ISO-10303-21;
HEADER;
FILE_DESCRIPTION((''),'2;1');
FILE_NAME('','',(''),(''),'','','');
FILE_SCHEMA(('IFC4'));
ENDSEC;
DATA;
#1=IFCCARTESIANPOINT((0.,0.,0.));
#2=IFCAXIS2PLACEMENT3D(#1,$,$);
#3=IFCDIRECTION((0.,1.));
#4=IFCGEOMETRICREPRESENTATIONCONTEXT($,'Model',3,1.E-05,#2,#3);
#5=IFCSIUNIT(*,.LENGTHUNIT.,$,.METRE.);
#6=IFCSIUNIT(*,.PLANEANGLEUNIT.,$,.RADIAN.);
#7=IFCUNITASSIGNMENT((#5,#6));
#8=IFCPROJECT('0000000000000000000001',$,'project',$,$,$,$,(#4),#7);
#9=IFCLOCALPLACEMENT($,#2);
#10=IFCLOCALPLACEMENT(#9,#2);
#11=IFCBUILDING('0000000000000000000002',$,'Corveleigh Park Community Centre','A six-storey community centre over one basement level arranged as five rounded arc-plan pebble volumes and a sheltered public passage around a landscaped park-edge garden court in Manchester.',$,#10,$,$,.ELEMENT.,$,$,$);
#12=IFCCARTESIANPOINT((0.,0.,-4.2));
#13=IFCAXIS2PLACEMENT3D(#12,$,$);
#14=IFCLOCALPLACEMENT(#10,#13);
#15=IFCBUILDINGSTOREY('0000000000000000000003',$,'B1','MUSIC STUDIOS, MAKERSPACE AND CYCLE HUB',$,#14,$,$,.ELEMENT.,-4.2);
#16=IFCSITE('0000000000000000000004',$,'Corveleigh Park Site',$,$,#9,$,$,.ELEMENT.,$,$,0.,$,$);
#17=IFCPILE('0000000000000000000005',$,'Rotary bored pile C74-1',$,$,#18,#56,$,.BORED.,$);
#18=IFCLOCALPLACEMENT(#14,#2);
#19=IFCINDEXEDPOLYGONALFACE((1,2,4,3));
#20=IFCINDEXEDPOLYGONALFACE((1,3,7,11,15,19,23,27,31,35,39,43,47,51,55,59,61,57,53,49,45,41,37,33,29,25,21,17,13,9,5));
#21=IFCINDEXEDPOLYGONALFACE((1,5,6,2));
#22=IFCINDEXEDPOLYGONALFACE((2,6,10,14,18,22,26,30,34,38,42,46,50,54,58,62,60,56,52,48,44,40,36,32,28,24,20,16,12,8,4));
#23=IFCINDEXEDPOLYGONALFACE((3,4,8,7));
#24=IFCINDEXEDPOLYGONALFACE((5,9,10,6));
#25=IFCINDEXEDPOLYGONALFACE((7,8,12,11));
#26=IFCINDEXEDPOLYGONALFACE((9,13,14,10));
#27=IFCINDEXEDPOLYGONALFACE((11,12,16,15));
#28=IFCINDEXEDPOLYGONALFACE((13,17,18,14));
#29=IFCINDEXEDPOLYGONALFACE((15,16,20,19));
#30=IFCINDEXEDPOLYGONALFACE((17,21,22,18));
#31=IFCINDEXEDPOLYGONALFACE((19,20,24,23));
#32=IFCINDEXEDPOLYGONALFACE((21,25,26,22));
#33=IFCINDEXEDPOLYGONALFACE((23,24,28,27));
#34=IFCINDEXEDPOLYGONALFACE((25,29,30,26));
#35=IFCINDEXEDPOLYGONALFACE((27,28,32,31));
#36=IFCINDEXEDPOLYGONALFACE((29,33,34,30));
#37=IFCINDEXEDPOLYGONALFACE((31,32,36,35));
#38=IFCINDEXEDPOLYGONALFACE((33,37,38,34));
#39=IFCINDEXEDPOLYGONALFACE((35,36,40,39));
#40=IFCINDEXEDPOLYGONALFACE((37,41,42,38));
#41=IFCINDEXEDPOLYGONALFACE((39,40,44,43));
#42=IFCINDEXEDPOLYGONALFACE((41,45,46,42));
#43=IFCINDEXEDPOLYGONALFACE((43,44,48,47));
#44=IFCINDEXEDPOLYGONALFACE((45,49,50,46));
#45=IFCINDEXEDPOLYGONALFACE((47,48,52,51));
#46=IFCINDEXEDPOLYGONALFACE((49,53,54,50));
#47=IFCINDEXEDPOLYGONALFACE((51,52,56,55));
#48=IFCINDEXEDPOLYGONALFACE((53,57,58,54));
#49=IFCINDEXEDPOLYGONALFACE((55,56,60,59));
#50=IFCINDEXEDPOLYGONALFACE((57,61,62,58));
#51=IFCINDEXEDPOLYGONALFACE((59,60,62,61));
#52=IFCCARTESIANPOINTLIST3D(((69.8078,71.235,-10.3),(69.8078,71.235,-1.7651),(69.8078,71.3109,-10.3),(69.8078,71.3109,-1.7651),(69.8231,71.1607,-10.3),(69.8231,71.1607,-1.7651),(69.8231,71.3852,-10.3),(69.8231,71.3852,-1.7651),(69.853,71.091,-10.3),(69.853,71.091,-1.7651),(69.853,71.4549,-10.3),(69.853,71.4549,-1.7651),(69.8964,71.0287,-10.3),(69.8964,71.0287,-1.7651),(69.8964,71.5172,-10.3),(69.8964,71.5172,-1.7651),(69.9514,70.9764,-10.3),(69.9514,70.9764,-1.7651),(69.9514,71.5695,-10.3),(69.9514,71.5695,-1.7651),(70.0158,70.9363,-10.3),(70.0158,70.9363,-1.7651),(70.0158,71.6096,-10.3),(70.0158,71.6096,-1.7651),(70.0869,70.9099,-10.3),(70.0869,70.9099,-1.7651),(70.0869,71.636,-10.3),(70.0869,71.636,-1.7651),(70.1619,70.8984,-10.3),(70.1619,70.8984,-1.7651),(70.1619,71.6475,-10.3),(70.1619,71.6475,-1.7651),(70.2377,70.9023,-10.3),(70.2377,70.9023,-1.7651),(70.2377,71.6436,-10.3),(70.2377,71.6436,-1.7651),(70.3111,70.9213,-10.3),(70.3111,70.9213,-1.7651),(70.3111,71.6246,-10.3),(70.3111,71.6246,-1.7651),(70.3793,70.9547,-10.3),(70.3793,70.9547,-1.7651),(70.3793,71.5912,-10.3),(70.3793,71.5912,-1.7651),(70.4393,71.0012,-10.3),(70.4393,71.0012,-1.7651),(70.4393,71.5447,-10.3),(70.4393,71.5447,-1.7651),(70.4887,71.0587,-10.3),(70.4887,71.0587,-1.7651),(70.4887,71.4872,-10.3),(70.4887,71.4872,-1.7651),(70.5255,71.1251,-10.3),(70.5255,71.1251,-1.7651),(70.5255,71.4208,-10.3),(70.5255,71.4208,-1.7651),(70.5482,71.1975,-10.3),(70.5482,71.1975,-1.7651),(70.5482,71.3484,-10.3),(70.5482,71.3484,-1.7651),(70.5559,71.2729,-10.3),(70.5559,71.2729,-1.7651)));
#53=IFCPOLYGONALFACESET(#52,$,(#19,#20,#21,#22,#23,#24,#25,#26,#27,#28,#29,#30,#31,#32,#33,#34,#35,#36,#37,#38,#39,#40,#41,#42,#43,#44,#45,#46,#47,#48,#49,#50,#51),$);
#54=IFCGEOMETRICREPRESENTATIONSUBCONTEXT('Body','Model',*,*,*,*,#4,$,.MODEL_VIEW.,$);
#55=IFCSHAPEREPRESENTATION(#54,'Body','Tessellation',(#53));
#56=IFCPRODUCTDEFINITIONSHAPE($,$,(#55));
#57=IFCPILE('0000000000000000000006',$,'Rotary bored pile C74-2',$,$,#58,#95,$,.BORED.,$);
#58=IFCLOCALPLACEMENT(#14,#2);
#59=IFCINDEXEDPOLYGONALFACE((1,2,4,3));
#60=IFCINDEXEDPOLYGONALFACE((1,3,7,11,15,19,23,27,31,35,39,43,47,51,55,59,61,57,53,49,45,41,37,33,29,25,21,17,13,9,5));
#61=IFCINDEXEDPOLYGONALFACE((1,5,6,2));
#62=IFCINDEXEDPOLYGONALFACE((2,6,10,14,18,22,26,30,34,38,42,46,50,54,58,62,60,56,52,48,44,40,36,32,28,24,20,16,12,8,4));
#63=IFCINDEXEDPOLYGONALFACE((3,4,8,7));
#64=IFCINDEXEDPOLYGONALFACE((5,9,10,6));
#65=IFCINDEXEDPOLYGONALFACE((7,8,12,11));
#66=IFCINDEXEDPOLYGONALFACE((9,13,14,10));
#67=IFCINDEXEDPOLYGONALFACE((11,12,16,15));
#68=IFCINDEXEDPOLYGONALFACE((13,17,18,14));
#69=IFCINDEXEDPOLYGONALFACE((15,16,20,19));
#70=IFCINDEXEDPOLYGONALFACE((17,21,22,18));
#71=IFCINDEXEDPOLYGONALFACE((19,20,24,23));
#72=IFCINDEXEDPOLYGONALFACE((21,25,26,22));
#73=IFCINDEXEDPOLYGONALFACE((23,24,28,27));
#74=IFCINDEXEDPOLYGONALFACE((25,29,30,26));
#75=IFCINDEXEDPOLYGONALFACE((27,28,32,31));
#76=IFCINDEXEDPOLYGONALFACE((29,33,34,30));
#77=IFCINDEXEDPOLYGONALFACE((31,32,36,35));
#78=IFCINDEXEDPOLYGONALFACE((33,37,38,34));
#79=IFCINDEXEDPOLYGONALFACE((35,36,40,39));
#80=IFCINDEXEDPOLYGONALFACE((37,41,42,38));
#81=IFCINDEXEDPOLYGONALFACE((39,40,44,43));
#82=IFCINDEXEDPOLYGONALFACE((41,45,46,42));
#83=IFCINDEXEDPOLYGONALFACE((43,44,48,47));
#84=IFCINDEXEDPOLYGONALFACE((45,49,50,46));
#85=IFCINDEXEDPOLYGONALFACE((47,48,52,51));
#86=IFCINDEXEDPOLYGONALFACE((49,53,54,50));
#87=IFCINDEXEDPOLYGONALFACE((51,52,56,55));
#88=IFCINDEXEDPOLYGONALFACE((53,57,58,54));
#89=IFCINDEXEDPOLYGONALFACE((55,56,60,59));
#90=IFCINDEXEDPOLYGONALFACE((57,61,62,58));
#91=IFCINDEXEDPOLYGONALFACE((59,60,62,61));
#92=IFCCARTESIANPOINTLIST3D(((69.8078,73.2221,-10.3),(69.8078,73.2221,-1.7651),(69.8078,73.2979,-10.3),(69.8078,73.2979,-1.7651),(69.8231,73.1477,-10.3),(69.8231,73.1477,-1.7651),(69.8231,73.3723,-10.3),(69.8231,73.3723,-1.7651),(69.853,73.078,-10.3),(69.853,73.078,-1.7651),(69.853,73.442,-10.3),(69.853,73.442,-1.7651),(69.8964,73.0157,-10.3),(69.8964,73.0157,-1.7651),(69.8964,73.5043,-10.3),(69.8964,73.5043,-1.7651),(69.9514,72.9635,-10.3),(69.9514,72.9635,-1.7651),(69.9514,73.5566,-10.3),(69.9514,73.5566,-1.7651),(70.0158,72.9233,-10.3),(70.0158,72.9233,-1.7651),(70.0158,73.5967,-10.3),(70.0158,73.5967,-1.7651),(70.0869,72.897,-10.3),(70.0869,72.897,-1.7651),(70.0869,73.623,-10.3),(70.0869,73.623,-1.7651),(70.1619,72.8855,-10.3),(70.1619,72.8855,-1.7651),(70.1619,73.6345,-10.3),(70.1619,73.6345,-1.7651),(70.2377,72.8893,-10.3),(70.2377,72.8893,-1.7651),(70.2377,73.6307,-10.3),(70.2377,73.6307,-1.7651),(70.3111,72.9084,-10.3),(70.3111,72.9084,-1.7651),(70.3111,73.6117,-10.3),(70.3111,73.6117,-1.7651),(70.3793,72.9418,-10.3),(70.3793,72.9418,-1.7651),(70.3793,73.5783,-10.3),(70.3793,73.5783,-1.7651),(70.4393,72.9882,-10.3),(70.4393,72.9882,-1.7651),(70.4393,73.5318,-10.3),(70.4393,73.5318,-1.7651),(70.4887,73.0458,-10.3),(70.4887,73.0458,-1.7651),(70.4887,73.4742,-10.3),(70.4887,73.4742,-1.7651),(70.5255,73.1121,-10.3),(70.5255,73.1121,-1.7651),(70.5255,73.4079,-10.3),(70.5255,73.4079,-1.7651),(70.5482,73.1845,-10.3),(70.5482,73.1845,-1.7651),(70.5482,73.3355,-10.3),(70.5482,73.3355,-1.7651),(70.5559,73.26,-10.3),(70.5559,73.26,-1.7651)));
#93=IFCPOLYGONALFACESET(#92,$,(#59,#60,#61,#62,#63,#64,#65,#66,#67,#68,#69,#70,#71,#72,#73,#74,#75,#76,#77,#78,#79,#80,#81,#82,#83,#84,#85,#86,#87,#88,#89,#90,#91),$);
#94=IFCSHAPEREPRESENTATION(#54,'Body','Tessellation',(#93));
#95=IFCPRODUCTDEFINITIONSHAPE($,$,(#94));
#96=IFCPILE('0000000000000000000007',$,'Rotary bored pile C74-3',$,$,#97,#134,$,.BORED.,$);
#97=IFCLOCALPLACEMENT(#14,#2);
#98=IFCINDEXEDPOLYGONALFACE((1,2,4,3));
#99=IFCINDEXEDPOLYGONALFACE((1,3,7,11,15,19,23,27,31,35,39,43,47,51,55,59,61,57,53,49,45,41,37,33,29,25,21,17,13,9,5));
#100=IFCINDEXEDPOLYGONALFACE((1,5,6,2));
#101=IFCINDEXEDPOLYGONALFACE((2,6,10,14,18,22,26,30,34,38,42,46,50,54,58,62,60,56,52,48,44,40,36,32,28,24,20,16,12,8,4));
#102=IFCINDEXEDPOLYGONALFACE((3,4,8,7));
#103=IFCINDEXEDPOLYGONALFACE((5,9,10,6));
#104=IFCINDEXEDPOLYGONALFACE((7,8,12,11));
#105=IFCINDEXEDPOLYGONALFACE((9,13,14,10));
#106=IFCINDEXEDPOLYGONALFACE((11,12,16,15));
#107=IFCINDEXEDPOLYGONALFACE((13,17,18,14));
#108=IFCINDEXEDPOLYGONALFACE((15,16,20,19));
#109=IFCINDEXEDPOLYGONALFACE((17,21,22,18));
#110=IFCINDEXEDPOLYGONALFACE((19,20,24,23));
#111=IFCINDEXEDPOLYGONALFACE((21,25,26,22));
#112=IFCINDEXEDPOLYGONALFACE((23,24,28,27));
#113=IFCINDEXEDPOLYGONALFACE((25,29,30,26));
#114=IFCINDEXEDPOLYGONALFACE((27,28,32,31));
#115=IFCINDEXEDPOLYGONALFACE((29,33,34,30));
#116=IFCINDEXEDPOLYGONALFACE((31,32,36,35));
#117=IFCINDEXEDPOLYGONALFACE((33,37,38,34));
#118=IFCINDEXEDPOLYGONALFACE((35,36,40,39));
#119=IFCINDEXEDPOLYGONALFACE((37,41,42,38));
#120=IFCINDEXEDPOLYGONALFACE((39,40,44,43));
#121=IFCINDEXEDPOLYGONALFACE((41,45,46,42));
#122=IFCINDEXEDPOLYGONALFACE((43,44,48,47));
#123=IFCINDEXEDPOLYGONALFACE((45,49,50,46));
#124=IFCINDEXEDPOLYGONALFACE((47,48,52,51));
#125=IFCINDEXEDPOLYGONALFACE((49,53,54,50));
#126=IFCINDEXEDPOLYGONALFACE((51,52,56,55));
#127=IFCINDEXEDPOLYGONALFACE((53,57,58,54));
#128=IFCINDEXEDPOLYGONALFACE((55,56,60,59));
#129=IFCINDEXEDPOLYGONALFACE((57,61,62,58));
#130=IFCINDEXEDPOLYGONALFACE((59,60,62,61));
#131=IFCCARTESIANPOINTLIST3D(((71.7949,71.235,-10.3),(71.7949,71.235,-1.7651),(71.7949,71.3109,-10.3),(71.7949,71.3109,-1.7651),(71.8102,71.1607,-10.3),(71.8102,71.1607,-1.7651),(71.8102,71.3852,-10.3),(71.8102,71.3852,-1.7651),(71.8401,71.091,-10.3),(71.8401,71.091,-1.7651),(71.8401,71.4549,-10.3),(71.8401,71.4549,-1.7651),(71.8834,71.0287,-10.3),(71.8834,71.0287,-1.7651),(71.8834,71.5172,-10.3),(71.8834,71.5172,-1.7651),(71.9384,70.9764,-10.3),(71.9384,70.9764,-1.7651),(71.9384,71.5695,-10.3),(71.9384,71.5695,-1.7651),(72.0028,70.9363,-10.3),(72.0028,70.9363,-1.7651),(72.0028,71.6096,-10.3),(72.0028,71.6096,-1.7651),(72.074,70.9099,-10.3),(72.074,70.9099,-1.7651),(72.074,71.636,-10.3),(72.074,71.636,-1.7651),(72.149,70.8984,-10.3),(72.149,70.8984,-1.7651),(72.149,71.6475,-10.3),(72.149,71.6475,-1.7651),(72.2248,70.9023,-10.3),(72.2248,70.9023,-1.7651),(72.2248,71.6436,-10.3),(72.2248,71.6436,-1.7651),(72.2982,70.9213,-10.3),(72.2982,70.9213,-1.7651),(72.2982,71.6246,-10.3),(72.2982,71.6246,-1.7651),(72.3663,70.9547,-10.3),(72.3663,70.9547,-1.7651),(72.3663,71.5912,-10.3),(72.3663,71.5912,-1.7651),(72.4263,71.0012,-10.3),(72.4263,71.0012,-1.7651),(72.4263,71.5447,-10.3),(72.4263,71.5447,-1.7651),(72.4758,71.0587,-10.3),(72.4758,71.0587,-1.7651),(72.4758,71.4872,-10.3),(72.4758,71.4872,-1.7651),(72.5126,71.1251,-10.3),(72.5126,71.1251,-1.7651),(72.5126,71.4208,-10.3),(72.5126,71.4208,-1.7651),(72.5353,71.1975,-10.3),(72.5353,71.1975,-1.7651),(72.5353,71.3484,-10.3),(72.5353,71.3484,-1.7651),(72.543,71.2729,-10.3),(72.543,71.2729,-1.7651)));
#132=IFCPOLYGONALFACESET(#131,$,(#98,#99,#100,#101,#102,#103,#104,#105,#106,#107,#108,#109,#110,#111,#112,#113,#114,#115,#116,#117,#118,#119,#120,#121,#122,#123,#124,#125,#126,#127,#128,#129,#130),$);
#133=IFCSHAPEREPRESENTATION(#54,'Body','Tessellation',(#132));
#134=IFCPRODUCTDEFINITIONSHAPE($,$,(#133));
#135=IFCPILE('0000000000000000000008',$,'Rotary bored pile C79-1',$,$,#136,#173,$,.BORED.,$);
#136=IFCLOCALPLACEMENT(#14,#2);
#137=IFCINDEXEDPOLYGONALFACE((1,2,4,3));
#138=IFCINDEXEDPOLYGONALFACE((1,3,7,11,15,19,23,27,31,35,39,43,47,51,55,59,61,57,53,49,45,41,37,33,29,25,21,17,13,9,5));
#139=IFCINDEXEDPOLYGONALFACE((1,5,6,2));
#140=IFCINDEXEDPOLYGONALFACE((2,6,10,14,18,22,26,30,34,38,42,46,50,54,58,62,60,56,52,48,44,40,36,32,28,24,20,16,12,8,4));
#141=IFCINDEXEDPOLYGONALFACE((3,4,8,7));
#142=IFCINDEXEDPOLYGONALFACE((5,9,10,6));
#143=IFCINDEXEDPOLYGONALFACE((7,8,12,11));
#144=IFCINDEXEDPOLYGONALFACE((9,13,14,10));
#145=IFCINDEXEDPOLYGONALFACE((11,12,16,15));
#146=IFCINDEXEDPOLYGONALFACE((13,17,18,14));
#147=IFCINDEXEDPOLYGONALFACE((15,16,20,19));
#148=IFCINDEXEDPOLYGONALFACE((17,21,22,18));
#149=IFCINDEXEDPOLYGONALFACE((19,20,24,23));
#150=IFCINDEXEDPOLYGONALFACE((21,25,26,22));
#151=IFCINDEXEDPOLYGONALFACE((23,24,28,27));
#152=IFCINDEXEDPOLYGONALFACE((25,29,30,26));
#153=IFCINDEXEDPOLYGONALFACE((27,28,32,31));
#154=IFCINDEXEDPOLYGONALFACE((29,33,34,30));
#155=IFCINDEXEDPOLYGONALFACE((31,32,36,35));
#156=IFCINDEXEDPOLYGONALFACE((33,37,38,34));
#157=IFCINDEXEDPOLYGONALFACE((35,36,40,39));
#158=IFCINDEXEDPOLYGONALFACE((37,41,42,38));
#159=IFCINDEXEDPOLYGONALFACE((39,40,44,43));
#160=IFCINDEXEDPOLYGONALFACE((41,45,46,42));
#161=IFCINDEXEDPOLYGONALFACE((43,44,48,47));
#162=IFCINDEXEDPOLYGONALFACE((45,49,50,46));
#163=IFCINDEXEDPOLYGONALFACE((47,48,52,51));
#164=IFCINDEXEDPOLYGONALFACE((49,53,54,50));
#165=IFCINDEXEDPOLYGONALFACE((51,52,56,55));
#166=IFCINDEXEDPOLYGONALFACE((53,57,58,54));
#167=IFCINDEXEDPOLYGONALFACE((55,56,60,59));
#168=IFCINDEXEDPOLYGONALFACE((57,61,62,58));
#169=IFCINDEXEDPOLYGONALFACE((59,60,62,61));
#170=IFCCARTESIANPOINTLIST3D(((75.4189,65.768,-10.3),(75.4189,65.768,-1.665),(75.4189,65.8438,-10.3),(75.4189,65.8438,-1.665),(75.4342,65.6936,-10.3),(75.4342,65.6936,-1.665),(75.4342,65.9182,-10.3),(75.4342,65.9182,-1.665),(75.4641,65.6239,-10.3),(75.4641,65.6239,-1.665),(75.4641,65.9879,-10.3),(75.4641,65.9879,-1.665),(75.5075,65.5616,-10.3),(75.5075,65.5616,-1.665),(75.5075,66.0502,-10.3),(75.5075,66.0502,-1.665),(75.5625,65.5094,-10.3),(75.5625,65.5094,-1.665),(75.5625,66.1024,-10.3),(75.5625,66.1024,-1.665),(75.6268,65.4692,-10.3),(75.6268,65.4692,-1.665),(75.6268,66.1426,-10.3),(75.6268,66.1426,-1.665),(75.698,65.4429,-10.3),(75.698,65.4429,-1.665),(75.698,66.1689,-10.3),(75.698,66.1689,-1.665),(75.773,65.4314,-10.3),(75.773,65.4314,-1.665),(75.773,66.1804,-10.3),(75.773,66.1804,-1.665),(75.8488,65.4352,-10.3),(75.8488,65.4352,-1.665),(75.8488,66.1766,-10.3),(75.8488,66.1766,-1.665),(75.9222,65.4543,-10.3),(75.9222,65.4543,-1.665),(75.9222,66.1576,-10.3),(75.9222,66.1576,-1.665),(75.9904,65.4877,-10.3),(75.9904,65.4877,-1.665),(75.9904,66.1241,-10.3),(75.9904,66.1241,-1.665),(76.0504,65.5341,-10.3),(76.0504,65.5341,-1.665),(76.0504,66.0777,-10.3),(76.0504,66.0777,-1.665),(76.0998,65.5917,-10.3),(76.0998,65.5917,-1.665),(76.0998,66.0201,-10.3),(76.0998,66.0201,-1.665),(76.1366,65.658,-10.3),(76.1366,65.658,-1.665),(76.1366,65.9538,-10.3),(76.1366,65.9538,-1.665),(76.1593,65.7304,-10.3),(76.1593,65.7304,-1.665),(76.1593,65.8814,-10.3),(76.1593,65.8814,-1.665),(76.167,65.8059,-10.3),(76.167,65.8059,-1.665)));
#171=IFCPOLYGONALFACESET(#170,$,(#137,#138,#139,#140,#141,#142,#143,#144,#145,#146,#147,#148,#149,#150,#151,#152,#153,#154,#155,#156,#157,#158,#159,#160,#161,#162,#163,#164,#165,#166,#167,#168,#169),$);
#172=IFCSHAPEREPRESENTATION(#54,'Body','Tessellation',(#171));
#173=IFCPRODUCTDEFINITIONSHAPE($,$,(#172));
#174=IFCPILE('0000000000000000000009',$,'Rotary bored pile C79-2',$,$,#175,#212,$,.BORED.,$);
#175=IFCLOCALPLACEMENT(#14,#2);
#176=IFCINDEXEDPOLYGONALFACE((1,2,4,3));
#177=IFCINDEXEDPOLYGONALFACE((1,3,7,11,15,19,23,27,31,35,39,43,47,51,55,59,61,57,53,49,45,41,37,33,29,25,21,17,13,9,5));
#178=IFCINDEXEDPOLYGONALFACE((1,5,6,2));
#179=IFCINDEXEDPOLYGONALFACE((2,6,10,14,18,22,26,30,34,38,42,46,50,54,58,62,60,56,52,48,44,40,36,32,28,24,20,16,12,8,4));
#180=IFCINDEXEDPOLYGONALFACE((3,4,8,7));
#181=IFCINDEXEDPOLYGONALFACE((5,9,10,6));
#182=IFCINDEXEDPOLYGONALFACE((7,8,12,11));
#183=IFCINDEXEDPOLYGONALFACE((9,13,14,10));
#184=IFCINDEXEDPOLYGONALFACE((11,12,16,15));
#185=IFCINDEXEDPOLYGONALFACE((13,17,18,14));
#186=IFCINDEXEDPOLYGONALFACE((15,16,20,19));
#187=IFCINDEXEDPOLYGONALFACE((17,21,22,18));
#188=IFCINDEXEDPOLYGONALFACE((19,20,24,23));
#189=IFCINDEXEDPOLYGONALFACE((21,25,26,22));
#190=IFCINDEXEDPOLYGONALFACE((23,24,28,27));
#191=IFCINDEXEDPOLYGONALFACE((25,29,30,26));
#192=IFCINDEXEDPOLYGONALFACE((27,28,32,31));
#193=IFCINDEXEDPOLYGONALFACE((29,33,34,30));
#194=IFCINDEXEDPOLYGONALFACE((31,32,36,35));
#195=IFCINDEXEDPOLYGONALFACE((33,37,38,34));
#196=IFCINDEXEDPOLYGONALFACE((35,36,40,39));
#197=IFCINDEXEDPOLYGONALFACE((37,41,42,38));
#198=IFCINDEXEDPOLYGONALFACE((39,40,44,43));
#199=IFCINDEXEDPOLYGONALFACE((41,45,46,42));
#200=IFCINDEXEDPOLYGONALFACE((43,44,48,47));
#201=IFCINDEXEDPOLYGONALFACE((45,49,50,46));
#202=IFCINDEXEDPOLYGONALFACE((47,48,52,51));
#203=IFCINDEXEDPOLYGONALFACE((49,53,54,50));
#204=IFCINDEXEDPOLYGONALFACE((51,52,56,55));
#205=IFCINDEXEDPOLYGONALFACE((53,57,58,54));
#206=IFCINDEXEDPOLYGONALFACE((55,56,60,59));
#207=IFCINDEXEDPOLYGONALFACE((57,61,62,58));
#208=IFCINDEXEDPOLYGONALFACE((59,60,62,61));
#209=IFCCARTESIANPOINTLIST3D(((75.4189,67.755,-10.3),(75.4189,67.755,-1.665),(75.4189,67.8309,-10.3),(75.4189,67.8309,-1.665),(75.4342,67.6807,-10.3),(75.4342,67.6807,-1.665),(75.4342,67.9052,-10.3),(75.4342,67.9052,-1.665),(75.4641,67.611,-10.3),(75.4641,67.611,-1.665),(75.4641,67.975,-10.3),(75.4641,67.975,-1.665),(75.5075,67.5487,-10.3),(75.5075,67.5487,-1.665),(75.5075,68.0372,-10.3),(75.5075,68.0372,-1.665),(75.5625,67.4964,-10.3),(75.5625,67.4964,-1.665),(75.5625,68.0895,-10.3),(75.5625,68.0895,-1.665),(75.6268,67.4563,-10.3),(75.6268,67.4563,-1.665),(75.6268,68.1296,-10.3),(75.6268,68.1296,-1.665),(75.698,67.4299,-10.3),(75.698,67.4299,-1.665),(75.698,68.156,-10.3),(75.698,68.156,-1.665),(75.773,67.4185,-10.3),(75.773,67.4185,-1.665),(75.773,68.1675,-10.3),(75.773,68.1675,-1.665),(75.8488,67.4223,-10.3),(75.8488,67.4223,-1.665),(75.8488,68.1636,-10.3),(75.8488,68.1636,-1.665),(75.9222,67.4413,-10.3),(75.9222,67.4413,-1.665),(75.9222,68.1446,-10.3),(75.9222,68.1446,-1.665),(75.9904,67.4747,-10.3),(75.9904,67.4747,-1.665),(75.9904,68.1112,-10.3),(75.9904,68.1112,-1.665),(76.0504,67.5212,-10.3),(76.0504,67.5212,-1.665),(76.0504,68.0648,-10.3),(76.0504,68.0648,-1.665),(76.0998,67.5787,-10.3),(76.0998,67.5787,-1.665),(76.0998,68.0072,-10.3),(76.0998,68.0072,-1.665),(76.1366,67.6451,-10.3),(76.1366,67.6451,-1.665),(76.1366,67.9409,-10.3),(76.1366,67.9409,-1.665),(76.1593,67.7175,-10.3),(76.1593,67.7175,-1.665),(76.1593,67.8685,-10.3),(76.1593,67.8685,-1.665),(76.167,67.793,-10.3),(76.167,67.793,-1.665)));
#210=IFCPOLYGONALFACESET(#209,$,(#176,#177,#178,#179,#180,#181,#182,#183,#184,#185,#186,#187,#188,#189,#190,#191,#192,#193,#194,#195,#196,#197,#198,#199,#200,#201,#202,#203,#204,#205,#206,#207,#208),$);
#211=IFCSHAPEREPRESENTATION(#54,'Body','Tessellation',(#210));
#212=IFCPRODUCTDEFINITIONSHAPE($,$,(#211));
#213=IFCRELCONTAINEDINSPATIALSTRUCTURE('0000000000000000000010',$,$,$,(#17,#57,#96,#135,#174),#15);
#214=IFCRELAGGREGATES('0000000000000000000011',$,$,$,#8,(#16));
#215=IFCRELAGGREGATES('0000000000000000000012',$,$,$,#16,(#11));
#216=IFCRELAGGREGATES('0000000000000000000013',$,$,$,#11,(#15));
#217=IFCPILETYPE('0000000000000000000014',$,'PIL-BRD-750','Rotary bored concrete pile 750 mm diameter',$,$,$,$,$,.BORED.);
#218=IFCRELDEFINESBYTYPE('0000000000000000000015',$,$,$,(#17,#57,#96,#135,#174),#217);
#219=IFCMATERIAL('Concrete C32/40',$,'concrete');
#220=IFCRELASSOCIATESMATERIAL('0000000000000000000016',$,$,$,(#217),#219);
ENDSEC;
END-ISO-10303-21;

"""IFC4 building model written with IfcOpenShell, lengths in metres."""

from ifc_helpers import new_model, si_unit, direction, frame, origin, origin_2d, place, context, subcontext, project, spatial, circle, extrude, material, material_profile, profile_set, type_object, element, save


model = new_model("IFC4")

# Units and contexts
model_context = context("Model", 3, precision=1e-05, world=origin(), true_north=direction((0.0, 1.0)))
body_context = subcontext(model_context, "Body", "Model", "MODEL_VIEW")
ifc_project = project(units=[si_unit("LENGTHUNIT", "METRE"), si_unit("PLANEANGLEUNIT", "RADIAN")], contexts=[model_context])

# Site, building, storey
site_placement = place(None, origin())
site = spatial("IfcSite", under=ifc_project, at=site_placement, Name="Corveleigh Park Site", CompositionType="ELEMENT", RefElevation=0.0)
building_placement = place(site_placement, origin())
building = spatial("IfcBuilding", under=site, at=building_placement, Name="Corveleigh Park Community Centre", Description="A six-storey community centre over one basement level arranged as five rounded arc-plan pebble volumes and a sheltered public passage around a landscaped park-edge garden court in Manchester.", CompositionType="ELEMENT")
storey_placement = place(building_placement, frame((0.0, 0.0, -4.2)))
storey = spatial("IfcBuildingStorey", under=building, at=storey_placement, Name="B1", Description="MUSIC STUDIOS, MAKERSPACE AND CYCLE HUB", CompositionType="ELEMENT", Elevation=-4.2)

# Piles
ifc_material_1 = material(Name="Concrete C32/40", Category="concrete")
ifc_material_profile_1 = material_profile(ifc_material_1, circle(Radius=0.375, at=origin_2d()), Name="BORED-PILE-750", Category="concrete")
ifc_profile_set_1 = profile_set([ifc_material_profile_1], Name="Concrete C32/40")
pile_type = type_object("IfcPileType", Name="PIL-BRD-750", Description="Rotary bored concrete pile 750 mm diameter", PredefinedType="BORED", material=ifc_profile_set_1)
for number, where, z_axis, x_axis, name in (
    (1, (70.1809, 71.2729, -1.7651), (0.0, 0.0, -1.0), (1.0, 0.0, 0.0), "Rotary bored pile C74-1"),
    (2, (70.1809, 73.26, -1.7651), (0.0, 0.0, -1.0), (1.0, 0.0, 0.0), "Rotary bored pile C74-2"),
    (3, (72.168, 71.2729, -1.7651), (0.0, 0.0, -1.0), (1.0, 0.0, 0.0), "Rotary bored pile C74-3"),
):
    element("IfcPile", number, at=place(storey_placement, frame(where, z_axis=z_axis, x_axis=x_axis)), inside=storey, type_object=pile_type, Name=name, PredefinedType="BORED", context=body_context, shape_type="SweptSolid", body=[
        extrude(circle(Radius=0.375, at=origin_2d()), origin(), (0.0, 0.0, 1.0), 8.5349),
    ])
for number, where, z_axis, x_axis, name in (
    (4, (75.792, 65.8059, -1.665), (0.0, 0.0, -1.0), (1.0, 0.0, 0.0), "Rotary bored pile C79-1"),
    (5, (75.792, 67.793, -1.665), (0.0, 0.0, -1.0), (1.0, 0.0, 0.0), "Rotary bored pile C79-2"),
):
    element("IfcPile", number, at=place(storey_placement, frame(where, z_axis=z_axis, x_axis=x_axis)), inside=storey, type_object=pile_type, Name=name, PredefinedType="BORED", context=body_context, shape_type="SweptSolid", body=[
        extrude(circle(Radius=0.375, at=origin_2d()), origin(), (0.0, 0.0, 1.0), 8.635),
    ])

save(model, "model.ifc")
